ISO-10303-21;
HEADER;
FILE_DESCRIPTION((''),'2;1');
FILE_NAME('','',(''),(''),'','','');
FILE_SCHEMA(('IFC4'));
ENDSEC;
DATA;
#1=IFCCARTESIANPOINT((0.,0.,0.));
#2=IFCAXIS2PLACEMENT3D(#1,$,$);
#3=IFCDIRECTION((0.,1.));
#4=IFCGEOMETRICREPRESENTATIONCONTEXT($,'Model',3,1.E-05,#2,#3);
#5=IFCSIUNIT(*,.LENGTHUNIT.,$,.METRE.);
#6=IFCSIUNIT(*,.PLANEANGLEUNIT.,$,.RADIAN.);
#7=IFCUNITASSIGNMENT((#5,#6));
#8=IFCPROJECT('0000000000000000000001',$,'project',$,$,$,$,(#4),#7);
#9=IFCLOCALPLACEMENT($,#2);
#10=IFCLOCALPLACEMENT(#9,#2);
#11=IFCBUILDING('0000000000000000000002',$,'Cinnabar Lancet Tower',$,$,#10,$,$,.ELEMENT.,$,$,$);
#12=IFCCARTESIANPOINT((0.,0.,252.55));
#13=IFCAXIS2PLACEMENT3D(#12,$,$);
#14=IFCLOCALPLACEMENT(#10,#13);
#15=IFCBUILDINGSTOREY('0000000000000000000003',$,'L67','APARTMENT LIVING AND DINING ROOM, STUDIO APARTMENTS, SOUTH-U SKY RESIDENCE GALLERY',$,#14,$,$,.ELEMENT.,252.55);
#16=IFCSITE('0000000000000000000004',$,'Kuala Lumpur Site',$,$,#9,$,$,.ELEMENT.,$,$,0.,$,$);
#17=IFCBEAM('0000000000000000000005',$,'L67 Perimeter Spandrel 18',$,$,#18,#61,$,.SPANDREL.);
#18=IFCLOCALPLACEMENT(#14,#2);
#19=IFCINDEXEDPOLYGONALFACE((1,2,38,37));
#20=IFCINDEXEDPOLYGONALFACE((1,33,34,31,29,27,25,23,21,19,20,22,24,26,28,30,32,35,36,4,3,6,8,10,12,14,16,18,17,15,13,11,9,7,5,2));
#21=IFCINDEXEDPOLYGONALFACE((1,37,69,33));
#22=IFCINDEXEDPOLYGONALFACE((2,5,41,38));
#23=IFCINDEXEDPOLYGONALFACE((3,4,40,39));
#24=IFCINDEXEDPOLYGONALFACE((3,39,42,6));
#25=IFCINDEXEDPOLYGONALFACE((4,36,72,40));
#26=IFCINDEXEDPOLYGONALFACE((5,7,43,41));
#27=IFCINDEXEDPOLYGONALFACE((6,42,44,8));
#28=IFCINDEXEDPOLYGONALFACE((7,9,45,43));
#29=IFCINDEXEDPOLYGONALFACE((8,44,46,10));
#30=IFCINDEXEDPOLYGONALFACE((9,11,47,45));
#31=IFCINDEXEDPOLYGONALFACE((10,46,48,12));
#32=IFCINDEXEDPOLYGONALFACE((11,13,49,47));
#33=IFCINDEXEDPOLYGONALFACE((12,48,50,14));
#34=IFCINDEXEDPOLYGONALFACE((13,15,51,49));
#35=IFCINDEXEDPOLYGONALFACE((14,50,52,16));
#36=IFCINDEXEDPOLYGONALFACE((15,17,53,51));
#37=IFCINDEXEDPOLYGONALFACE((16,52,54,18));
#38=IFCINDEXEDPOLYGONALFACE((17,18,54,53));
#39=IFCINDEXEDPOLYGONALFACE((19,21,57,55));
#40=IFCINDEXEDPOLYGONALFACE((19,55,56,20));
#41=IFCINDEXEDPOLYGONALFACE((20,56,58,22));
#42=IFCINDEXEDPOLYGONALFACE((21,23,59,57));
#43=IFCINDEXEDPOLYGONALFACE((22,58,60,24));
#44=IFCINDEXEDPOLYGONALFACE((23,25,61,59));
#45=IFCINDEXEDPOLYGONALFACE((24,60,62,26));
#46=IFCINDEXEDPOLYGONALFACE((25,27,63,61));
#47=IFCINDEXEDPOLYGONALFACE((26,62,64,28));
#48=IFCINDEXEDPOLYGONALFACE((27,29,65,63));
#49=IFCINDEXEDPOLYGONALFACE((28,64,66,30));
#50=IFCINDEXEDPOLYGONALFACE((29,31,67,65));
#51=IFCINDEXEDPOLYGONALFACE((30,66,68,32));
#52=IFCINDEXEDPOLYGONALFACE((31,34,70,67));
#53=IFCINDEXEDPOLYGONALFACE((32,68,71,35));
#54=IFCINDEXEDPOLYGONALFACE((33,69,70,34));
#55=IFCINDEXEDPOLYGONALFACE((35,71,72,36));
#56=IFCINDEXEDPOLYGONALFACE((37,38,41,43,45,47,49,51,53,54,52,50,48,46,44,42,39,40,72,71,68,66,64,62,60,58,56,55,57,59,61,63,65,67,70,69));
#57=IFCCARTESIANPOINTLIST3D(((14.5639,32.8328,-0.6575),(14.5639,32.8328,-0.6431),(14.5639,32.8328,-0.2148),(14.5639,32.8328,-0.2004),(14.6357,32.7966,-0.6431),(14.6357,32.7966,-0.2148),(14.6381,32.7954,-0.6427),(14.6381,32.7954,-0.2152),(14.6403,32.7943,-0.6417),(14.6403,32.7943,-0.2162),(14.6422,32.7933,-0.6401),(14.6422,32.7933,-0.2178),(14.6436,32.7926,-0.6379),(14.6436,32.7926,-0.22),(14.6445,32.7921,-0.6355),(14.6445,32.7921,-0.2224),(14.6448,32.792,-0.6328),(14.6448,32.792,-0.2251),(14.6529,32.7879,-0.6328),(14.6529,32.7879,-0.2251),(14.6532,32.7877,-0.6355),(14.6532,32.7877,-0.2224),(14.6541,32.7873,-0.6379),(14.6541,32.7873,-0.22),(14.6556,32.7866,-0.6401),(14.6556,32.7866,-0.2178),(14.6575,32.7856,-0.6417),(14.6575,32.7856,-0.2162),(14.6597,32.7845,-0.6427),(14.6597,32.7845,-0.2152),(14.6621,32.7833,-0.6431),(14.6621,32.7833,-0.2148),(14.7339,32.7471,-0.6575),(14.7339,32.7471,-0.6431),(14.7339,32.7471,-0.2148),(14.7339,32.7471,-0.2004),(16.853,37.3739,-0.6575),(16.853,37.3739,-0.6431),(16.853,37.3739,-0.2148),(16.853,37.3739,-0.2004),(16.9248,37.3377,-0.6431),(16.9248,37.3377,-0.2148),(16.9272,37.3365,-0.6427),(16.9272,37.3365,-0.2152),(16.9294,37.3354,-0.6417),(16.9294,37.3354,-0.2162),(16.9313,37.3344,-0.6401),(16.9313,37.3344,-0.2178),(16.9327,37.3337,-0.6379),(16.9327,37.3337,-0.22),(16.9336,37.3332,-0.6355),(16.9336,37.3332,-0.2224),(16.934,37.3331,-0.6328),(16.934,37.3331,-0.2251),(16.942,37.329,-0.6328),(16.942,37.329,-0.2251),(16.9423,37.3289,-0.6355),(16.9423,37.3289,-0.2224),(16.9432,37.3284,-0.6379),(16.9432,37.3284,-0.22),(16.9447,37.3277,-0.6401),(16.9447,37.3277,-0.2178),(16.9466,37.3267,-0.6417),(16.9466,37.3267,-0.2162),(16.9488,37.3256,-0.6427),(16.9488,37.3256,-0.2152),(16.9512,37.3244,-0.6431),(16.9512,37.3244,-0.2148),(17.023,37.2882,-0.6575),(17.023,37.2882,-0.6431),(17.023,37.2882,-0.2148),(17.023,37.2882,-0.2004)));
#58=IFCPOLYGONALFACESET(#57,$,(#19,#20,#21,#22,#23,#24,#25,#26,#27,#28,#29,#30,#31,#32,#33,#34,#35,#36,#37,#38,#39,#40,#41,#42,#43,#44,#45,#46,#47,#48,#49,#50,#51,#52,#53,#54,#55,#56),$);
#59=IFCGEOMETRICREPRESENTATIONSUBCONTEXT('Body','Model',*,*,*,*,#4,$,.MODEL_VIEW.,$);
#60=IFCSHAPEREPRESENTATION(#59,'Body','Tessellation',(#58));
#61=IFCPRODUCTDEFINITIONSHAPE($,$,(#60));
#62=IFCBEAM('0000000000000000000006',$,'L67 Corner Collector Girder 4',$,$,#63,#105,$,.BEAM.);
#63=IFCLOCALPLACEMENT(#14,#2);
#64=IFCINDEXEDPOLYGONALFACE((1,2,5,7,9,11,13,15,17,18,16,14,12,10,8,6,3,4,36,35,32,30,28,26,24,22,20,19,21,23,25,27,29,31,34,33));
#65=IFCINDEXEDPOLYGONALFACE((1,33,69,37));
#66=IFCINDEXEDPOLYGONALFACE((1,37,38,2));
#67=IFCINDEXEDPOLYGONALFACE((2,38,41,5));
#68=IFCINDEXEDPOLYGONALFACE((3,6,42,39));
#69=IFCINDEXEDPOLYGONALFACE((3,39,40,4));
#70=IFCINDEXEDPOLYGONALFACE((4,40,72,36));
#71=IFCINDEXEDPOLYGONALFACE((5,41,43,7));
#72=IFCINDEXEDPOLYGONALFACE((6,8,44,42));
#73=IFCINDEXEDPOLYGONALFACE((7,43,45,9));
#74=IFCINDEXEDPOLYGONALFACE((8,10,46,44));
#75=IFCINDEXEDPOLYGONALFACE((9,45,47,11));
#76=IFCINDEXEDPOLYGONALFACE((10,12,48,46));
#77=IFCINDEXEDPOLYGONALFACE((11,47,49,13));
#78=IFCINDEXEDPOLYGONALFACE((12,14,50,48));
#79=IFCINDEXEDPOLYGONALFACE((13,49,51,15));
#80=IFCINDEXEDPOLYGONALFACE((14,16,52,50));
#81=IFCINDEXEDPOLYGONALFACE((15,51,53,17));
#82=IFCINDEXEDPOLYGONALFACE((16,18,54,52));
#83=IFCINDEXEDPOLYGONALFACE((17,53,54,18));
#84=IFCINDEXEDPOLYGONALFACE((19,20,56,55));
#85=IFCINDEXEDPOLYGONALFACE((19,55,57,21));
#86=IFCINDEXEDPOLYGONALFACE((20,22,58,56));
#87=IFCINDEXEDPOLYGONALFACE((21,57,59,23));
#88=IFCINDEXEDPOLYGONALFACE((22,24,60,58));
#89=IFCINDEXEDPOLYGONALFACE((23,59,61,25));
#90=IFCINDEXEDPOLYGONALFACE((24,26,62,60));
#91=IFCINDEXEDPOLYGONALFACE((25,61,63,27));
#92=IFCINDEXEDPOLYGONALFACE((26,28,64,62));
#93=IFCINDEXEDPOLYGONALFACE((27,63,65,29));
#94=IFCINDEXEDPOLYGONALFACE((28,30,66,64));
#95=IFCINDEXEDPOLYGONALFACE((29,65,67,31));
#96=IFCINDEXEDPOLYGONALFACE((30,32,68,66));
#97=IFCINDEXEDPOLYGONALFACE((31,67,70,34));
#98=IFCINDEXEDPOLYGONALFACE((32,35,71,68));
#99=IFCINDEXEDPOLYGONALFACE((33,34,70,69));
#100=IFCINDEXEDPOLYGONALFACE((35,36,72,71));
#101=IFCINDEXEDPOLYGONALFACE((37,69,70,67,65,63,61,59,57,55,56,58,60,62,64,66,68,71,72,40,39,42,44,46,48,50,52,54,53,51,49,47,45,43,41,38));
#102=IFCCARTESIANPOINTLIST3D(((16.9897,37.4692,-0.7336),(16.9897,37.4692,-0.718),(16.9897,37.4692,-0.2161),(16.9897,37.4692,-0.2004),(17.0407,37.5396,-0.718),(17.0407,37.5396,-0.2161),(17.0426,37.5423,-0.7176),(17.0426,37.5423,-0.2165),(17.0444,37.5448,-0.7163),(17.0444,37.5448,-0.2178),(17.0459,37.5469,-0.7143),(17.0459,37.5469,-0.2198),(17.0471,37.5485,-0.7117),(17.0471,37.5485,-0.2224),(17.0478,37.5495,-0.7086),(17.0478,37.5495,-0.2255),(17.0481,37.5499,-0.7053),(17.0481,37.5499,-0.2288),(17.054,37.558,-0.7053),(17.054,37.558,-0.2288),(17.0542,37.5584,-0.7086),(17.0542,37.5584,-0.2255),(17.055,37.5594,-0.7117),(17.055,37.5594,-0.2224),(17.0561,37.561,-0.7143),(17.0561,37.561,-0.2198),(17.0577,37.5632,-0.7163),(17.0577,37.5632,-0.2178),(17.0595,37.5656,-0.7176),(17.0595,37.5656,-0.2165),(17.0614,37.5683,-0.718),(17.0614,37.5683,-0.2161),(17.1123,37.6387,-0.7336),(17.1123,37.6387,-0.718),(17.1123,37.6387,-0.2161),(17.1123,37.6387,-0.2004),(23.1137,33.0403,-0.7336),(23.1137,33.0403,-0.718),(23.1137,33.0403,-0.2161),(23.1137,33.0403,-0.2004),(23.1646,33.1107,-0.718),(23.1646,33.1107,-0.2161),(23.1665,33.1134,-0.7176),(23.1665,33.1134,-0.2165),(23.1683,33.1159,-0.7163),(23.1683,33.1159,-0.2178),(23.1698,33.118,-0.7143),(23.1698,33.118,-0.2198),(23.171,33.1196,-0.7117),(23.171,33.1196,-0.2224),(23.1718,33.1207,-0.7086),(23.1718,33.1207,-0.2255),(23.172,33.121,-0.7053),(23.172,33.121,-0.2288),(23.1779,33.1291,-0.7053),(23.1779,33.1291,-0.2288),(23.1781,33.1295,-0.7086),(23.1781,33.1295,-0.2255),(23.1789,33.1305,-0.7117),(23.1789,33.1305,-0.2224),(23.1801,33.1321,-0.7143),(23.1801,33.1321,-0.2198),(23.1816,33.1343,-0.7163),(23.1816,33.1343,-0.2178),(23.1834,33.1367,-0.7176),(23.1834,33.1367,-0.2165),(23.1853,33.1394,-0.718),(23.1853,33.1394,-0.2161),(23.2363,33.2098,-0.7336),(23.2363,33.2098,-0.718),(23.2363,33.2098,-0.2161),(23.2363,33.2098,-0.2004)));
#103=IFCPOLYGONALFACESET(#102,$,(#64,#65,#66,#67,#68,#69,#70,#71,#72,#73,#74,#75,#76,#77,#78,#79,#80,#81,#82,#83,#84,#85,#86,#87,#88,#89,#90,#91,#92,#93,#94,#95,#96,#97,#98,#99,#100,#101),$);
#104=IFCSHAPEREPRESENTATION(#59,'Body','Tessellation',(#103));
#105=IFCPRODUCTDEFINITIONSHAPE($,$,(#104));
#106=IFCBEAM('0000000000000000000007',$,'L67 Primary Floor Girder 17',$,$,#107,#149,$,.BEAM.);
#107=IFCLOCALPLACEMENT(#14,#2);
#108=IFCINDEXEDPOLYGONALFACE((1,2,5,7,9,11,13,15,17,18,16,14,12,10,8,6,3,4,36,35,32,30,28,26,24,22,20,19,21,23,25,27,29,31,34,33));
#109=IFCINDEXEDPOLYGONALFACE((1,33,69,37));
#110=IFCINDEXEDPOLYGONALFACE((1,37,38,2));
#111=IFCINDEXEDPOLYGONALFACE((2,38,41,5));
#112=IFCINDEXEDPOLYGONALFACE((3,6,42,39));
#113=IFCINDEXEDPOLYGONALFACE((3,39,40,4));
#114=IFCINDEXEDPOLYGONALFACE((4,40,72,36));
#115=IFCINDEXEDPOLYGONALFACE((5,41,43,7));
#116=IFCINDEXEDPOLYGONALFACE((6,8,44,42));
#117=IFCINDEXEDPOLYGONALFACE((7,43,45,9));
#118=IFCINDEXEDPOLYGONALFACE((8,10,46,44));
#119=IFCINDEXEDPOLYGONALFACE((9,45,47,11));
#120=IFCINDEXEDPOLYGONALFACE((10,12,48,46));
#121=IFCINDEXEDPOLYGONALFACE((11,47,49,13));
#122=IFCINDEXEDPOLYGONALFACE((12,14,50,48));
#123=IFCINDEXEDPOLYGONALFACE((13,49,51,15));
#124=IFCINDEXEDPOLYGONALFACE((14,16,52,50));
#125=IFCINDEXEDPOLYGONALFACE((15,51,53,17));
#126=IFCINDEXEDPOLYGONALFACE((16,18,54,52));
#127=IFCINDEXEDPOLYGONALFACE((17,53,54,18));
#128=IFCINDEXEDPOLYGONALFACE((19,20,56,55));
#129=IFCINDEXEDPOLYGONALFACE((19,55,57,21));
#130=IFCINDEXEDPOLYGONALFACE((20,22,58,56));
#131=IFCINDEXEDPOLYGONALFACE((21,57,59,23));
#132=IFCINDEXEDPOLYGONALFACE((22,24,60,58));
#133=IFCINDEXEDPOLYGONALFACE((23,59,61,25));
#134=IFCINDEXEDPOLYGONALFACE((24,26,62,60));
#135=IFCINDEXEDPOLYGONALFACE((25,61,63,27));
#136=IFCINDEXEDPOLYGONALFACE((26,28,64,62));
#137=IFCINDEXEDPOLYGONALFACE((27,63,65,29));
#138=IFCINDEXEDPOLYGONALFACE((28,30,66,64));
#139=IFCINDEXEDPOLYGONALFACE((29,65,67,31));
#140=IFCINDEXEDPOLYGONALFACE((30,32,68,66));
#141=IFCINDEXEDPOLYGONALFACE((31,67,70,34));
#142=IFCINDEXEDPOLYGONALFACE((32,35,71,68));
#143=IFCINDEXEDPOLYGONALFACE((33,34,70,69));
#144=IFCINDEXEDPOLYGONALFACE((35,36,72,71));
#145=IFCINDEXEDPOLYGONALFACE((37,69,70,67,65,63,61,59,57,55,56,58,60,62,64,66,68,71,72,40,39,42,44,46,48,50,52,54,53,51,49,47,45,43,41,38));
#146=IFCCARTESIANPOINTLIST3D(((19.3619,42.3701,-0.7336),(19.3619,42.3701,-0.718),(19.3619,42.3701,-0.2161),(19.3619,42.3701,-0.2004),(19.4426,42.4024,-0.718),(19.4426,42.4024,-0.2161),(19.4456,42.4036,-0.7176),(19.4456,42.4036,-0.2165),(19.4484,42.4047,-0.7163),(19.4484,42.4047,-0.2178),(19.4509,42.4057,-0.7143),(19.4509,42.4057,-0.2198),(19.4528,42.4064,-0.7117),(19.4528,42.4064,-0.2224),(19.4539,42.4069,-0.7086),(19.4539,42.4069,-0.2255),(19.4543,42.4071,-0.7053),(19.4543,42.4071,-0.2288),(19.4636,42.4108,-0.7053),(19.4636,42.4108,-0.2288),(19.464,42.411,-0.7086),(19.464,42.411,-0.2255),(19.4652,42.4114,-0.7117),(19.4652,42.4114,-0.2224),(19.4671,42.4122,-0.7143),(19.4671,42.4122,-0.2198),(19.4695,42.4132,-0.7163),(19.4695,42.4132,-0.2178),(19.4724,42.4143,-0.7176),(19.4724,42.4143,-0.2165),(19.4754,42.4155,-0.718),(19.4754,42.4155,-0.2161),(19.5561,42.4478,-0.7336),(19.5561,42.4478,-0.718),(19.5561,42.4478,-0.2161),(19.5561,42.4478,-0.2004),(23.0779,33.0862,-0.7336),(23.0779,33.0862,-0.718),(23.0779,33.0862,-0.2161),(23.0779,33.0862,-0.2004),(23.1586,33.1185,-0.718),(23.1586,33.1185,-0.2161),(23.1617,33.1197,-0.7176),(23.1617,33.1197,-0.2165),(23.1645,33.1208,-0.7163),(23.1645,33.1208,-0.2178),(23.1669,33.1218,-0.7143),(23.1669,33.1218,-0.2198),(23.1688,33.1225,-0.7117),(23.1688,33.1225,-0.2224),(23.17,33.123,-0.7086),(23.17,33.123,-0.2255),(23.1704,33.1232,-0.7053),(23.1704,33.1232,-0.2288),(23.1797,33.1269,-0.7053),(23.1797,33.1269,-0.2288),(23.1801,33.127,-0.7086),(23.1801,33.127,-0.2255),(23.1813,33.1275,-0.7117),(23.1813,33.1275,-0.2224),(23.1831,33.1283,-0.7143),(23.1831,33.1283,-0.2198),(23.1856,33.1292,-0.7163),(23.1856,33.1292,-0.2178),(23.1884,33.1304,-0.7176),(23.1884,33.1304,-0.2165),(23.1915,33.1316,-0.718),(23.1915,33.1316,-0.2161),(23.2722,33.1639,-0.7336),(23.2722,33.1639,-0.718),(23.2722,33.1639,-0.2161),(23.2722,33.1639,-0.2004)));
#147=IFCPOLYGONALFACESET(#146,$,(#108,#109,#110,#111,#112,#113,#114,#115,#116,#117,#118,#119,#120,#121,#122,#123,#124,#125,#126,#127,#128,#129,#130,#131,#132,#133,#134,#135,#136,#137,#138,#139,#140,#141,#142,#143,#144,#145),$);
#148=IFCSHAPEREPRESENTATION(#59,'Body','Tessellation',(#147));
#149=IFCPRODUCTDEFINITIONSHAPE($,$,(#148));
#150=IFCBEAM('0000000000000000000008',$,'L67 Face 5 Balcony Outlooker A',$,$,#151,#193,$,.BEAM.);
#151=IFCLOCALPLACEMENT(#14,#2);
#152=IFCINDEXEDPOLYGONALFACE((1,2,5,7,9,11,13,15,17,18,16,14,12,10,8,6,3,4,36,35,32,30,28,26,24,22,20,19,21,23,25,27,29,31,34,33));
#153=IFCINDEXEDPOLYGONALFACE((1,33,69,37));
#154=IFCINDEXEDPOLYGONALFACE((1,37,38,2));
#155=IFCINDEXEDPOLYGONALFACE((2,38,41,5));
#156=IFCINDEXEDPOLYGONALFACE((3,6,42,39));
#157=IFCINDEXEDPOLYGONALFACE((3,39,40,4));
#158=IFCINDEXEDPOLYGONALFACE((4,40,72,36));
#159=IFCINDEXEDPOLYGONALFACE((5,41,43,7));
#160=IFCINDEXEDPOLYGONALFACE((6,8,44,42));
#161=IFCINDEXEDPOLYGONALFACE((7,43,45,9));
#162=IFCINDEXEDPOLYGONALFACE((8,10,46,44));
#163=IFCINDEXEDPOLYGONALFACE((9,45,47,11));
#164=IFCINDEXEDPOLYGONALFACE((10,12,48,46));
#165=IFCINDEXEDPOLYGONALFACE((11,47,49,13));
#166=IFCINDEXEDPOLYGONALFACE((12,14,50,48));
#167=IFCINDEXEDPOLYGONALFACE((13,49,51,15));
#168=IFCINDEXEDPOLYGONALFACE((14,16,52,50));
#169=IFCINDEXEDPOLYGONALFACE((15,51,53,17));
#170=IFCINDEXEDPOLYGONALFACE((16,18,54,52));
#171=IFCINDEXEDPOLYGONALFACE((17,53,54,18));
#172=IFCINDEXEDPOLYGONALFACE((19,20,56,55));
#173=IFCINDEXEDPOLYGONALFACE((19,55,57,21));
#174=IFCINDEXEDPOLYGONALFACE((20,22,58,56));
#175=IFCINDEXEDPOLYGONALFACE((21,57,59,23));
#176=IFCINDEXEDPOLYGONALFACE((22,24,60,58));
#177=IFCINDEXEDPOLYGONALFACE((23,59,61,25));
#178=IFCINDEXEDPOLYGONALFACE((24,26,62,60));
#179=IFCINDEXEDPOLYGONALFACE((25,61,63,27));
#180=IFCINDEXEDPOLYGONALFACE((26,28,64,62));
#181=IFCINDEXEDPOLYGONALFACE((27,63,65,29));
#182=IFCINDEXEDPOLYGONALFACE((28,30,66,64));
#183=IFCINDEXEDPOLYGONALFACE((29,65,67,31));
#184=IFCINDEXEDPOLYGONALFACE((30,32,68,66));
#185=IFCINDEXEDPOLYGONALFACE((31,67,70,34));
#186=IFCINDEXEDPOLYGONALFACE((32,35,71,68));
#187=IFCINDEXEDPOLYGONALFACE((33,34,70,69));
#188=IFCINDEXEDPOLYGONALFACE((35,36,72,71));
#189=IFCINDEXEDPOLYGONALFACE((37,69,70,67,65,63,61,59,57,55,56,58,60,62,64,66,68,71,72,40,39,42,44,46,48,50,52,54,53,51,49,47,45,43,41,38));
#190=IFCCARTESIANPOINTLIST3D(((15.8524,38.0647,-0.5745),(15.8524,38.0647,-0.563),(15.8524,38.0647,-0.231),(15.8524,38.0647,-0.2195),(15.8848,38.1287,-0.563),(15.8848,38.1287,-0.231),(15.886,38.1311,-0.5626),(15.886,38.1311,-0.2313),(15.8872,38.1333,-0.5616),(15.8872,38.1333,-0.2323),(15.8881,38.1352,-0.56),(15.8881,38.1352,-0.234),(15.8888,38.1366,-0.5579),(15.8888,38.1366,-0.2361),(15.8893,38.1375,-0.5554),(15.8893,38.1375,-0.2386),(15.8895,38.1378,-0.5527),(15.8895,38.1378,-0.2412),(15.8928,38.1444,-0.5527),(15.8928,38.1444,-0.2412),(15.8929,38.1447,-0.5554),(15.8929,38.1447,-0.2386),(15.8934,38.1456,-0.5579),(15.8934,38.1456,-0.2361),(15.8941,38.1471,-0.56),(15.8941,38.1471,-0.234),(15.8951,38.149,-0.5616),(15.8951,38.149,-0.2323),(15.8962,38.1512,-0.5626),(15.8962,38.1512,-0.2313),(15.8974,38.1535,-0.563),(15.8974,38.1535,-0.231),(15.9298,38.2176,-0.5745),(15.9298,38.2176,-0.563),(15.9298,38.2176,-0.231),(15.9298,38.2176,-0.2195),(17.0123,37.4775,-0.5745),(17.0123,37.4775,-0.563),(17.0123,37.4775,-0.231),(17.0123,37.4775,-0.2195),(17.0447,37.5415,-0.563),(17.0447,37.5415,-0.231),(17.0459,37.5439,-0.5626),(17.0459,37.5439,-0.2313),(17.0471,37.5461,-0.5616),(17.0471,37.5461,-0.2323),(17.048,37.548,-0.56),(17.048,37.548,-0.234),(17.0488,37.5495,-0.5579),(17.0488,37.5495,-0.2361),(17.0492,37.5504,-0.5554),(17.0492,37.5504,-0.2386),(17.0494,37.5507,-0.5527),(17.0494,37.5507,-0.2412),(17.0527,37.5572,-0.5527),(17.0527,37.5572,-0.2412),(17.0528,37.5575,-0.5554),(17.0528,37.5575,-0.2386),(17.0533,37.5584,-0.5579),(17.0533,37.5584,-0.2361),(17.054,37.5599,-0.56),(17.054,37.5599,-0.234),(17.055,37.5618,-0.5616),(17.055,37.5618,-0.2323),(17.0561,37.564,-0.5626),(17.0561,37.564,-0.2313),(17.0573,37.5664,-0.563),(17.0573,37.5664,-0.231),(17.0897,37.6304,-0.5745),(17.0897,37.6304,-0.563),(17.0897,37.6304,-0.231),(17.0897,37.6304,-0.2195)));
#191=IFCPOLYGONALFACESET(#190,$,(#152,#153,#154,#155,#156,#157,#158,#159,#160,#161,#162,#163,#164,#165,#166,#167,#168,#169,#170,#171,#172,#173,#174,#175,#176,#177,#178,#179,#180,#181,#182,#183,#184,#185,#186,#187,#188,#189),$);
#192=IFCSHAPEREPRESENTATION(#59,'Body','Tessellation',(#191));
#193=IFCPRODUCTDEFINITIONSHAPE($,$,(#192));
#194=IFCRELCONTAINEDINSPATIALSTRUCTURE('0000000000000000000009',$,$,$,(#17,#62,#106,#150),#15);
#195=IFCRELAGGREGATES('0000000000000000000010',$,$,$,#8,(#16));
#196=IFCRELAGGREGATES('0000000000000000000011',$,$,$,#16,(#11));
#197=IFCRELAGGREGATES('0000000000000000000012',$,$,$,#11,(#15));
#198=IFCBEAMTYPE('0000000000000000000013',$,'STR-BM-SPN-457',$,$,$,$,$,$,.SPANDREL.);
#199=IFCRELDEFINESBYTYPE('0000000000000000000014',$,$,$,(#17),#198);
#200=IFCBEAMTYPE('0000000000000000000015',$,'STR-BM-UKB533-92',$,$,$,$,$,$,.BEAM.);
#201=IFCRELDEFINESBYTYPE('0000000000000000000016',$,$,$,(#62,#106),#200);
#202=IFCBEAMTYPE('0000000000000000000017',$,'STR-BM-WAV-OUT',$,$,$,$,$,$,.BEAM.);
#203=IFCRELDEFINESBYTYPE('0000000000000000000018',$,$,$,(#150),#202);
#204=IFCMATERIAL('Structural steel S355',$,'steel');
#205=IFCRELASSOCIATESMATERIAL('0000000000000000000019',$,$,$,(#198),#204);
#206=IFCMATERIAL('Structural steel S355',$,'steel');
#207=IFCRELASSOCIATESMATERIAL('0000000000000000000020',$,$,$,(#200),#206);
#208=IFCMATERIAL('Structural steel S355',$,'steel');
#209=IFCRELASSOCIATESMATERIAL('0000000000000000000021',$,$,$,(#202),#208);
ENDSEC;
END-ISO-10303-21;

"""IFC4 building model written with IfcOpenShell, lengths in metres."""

from ifc_helpers import new_model, si_unit, direction, frame, origin, origin_2d, place, context, subcontext, project, spatial, i_section, extrude, material, material_profile, profile_set, type_object, element, save


model = new_model("IFC4")

# Units and contexts
model_context = context("Model", 3, precision=1e-05, world=origin(), true_north=direction((0.0, 1.0)))
body_context = subcontext(model_context, "Body", "Model", "MODEL_VIEW")
ifc_project = project(units=[si_unit("LENGTHUNIT", "METRE"), si_unit("PLANEANGLEUNIT", "RADIAN")], contexts=[model_context])

# Site, building, storey
site_placement = place(None, origin())
site = spatial("IfcSite", under=ifc_project, at=site_placement, Name="Kuala Lumpur Site", CompositionType="ELEMENT", RefElevation=0.0)
building_placement = place(site_placement, origin())
building = spatial("IfcBuilding", under=site, at=building_placement, Name="Cinnabar Lancet Tower", CompositionType="ELEMENT")
storey_placement = place(building_placement, frame((0.0, 0.0, 252.55)))
storey = spatial("IfcBuildingStorey", under=building, at=storey_placement, Name="L67", Description="APARTMENT LIVING AND DINING ROOM, STUDIO APARTMENTS, SOUTH-U SKY RESIDENCE GALLERY", CompositionType="ELEMENT", Elevation=252.55)

# Beams
ifc_material_1 = material(Name="Structural steel S355", Category="steel")
ifc_material_profile_1 = material_profile(ifc_material_1, i_section(OverallWidth=0.1904, OverallDepth=0.457, WebThickness=0.009, FlangeThickness=0.0144, FilletRadius=0.0103, at=origin_2d()), Name="UKB 457x191x74")
ifc_profile_set_1 = profile_set([ifc_material_profile_1], Name="Structural steel S355")
beam_type_1 = type_object("IfcBeamType", Name="STR-BM-SPN-457", PredefinedType="SPANDREL", material=ifc_profile_set_1)
beam_1_placement = place(storey_placement, frame((16.938, 37.3311, -0.429), z_axis=(-0.45013, -0.892963, 0.0), x_axis=(0.892963, -0.45013, 0.0)))
element("IfcBeam", 1, at=beam_1_placement, inside=storey, type_object=beam_type_1, Name="L67 Perimeter Spandrel 18", PredefinedType="SPANDREL", context=body_context, shape_type="SweptSolid", body=[
    extrude(i_section(OverallWidth=0.1904, OverallDepth=0.457, WebThickness=0.009, FlangeThickness=0.0144, FilletRadius=0.0103, at=origin_2d()), origin(), (0.0, 0.0, 1.0), 5.0854),
])
ifc_material_2 = material(Name="Structural steel S355", Category="steel")
ifc_material_profile_2 = material_profile(ifc_material_2, i_section(OverallWidth=0.2092, OverallDepth=0.5332, WebThickness=0.01, FlangeThickness=0.0156, FilletRadius=0.0127, at=origin_2d()), Name="UKB 533x210x92")
ifc_profile_set_2 = profile_set([ifc_material_profile_2], Name="Structural steel S355")
beam_type_2 = type_object("IfcBeamType", Name="STR-BM-UKB533-92", PredefinedType="BEAM", material=ifc_profile_set_2)
beam_2_placement = place(storey_placement, frame((17.051, 37.554, -0.467), z_axis=(0.810299, -0.586016, 0.0), x_axis=(0.586016, 0.810299, 0.0)))
element("IfcBeam", 2, at=beam_2_placement, inside=storey, type_object=beam_type_2, Name="L67 Corner Collector Girder 4", PredefinedType="BEAM", context=body_context, shape_type="SweptSolid", body=[
    extrude(i_section(OverallWidth=0.2092, OverallDepth=0.5332, WebThickness=0.01, FlangeThickness=0.0156, FilletRadius=0.0127, at=origin_2d()), origin(), (0.0, 0.0, 1.0), 7.5576),
])
beam_3_placement = place(storey_placement, frame((19.459, 42.4089, -0.467), z_axis=(0.371605, -0.928391, 0.0), x_axis=(0.928391, 0.371605, 0.0)))
element("IfcBeam", 3, at=beam_3_placement, inside=storey, type_object=beam_type_2, Name="L67 Primary Floor Girder 17", PredefinedType="BEAM", context=body_context, shape_type="SweptSolid", body=[
    extrude(i_section(OverallWidth=0.2092, OverallDepth=0.5332, WebThickness=0.01, FlangeThickness=0.0156, FilletRadius=0.0127, at=origin_2d()), origin(), (0.0, 0.0, 1.0), 10.0),
])
ifc_material_3 = material(Name="Structural steel S355", Category="steel")
ifc_material_profile_3 = material_profile(ifc_material_3, i_section(OverallWidth=0.1714, OverallDepth=0.355, WebThickness=0.0073, FlangeThickness=0.0115, FilletRadius=0.0103, at=origin_2d()), Name="UKB 356x171x51")
ifc_profile_set_3 = profile_set([ifc_material_profile_3], Name="Structural steel S355")
beam_type_3 = type_object("IfcBeamType", Name="STR-BM-WAV-OUT", PredefinedType="BEAM", material=ifc_profile_set_3)
beam_4_placement = place(storey_placement, frame((17.051, 37.554, -0.397), z_axis=(-0.8922, 0.45164, 0.0), x_axis=(-0.45164, -0.8922, 0.0)))
element("IfcBeam", 4, at=beam_4_placement, inside=storey, type_object=beam_type_3, Name="L67 Face 5 Balcony Outlooker A", PredefinedType="BEAM", context=body_context, shape_type="SweptSolid", body=[
    extrude(i_section(OverallWidth=0.1714, OverallDepth=0.355, WebThickness=0.0073, FlangeThickness=0.0115, FilletRadius=0.0103, at=origin_2d()), origin(), (0.0, 0.0, 1.0), 1.3),
])

save(model, "model.ifc")
